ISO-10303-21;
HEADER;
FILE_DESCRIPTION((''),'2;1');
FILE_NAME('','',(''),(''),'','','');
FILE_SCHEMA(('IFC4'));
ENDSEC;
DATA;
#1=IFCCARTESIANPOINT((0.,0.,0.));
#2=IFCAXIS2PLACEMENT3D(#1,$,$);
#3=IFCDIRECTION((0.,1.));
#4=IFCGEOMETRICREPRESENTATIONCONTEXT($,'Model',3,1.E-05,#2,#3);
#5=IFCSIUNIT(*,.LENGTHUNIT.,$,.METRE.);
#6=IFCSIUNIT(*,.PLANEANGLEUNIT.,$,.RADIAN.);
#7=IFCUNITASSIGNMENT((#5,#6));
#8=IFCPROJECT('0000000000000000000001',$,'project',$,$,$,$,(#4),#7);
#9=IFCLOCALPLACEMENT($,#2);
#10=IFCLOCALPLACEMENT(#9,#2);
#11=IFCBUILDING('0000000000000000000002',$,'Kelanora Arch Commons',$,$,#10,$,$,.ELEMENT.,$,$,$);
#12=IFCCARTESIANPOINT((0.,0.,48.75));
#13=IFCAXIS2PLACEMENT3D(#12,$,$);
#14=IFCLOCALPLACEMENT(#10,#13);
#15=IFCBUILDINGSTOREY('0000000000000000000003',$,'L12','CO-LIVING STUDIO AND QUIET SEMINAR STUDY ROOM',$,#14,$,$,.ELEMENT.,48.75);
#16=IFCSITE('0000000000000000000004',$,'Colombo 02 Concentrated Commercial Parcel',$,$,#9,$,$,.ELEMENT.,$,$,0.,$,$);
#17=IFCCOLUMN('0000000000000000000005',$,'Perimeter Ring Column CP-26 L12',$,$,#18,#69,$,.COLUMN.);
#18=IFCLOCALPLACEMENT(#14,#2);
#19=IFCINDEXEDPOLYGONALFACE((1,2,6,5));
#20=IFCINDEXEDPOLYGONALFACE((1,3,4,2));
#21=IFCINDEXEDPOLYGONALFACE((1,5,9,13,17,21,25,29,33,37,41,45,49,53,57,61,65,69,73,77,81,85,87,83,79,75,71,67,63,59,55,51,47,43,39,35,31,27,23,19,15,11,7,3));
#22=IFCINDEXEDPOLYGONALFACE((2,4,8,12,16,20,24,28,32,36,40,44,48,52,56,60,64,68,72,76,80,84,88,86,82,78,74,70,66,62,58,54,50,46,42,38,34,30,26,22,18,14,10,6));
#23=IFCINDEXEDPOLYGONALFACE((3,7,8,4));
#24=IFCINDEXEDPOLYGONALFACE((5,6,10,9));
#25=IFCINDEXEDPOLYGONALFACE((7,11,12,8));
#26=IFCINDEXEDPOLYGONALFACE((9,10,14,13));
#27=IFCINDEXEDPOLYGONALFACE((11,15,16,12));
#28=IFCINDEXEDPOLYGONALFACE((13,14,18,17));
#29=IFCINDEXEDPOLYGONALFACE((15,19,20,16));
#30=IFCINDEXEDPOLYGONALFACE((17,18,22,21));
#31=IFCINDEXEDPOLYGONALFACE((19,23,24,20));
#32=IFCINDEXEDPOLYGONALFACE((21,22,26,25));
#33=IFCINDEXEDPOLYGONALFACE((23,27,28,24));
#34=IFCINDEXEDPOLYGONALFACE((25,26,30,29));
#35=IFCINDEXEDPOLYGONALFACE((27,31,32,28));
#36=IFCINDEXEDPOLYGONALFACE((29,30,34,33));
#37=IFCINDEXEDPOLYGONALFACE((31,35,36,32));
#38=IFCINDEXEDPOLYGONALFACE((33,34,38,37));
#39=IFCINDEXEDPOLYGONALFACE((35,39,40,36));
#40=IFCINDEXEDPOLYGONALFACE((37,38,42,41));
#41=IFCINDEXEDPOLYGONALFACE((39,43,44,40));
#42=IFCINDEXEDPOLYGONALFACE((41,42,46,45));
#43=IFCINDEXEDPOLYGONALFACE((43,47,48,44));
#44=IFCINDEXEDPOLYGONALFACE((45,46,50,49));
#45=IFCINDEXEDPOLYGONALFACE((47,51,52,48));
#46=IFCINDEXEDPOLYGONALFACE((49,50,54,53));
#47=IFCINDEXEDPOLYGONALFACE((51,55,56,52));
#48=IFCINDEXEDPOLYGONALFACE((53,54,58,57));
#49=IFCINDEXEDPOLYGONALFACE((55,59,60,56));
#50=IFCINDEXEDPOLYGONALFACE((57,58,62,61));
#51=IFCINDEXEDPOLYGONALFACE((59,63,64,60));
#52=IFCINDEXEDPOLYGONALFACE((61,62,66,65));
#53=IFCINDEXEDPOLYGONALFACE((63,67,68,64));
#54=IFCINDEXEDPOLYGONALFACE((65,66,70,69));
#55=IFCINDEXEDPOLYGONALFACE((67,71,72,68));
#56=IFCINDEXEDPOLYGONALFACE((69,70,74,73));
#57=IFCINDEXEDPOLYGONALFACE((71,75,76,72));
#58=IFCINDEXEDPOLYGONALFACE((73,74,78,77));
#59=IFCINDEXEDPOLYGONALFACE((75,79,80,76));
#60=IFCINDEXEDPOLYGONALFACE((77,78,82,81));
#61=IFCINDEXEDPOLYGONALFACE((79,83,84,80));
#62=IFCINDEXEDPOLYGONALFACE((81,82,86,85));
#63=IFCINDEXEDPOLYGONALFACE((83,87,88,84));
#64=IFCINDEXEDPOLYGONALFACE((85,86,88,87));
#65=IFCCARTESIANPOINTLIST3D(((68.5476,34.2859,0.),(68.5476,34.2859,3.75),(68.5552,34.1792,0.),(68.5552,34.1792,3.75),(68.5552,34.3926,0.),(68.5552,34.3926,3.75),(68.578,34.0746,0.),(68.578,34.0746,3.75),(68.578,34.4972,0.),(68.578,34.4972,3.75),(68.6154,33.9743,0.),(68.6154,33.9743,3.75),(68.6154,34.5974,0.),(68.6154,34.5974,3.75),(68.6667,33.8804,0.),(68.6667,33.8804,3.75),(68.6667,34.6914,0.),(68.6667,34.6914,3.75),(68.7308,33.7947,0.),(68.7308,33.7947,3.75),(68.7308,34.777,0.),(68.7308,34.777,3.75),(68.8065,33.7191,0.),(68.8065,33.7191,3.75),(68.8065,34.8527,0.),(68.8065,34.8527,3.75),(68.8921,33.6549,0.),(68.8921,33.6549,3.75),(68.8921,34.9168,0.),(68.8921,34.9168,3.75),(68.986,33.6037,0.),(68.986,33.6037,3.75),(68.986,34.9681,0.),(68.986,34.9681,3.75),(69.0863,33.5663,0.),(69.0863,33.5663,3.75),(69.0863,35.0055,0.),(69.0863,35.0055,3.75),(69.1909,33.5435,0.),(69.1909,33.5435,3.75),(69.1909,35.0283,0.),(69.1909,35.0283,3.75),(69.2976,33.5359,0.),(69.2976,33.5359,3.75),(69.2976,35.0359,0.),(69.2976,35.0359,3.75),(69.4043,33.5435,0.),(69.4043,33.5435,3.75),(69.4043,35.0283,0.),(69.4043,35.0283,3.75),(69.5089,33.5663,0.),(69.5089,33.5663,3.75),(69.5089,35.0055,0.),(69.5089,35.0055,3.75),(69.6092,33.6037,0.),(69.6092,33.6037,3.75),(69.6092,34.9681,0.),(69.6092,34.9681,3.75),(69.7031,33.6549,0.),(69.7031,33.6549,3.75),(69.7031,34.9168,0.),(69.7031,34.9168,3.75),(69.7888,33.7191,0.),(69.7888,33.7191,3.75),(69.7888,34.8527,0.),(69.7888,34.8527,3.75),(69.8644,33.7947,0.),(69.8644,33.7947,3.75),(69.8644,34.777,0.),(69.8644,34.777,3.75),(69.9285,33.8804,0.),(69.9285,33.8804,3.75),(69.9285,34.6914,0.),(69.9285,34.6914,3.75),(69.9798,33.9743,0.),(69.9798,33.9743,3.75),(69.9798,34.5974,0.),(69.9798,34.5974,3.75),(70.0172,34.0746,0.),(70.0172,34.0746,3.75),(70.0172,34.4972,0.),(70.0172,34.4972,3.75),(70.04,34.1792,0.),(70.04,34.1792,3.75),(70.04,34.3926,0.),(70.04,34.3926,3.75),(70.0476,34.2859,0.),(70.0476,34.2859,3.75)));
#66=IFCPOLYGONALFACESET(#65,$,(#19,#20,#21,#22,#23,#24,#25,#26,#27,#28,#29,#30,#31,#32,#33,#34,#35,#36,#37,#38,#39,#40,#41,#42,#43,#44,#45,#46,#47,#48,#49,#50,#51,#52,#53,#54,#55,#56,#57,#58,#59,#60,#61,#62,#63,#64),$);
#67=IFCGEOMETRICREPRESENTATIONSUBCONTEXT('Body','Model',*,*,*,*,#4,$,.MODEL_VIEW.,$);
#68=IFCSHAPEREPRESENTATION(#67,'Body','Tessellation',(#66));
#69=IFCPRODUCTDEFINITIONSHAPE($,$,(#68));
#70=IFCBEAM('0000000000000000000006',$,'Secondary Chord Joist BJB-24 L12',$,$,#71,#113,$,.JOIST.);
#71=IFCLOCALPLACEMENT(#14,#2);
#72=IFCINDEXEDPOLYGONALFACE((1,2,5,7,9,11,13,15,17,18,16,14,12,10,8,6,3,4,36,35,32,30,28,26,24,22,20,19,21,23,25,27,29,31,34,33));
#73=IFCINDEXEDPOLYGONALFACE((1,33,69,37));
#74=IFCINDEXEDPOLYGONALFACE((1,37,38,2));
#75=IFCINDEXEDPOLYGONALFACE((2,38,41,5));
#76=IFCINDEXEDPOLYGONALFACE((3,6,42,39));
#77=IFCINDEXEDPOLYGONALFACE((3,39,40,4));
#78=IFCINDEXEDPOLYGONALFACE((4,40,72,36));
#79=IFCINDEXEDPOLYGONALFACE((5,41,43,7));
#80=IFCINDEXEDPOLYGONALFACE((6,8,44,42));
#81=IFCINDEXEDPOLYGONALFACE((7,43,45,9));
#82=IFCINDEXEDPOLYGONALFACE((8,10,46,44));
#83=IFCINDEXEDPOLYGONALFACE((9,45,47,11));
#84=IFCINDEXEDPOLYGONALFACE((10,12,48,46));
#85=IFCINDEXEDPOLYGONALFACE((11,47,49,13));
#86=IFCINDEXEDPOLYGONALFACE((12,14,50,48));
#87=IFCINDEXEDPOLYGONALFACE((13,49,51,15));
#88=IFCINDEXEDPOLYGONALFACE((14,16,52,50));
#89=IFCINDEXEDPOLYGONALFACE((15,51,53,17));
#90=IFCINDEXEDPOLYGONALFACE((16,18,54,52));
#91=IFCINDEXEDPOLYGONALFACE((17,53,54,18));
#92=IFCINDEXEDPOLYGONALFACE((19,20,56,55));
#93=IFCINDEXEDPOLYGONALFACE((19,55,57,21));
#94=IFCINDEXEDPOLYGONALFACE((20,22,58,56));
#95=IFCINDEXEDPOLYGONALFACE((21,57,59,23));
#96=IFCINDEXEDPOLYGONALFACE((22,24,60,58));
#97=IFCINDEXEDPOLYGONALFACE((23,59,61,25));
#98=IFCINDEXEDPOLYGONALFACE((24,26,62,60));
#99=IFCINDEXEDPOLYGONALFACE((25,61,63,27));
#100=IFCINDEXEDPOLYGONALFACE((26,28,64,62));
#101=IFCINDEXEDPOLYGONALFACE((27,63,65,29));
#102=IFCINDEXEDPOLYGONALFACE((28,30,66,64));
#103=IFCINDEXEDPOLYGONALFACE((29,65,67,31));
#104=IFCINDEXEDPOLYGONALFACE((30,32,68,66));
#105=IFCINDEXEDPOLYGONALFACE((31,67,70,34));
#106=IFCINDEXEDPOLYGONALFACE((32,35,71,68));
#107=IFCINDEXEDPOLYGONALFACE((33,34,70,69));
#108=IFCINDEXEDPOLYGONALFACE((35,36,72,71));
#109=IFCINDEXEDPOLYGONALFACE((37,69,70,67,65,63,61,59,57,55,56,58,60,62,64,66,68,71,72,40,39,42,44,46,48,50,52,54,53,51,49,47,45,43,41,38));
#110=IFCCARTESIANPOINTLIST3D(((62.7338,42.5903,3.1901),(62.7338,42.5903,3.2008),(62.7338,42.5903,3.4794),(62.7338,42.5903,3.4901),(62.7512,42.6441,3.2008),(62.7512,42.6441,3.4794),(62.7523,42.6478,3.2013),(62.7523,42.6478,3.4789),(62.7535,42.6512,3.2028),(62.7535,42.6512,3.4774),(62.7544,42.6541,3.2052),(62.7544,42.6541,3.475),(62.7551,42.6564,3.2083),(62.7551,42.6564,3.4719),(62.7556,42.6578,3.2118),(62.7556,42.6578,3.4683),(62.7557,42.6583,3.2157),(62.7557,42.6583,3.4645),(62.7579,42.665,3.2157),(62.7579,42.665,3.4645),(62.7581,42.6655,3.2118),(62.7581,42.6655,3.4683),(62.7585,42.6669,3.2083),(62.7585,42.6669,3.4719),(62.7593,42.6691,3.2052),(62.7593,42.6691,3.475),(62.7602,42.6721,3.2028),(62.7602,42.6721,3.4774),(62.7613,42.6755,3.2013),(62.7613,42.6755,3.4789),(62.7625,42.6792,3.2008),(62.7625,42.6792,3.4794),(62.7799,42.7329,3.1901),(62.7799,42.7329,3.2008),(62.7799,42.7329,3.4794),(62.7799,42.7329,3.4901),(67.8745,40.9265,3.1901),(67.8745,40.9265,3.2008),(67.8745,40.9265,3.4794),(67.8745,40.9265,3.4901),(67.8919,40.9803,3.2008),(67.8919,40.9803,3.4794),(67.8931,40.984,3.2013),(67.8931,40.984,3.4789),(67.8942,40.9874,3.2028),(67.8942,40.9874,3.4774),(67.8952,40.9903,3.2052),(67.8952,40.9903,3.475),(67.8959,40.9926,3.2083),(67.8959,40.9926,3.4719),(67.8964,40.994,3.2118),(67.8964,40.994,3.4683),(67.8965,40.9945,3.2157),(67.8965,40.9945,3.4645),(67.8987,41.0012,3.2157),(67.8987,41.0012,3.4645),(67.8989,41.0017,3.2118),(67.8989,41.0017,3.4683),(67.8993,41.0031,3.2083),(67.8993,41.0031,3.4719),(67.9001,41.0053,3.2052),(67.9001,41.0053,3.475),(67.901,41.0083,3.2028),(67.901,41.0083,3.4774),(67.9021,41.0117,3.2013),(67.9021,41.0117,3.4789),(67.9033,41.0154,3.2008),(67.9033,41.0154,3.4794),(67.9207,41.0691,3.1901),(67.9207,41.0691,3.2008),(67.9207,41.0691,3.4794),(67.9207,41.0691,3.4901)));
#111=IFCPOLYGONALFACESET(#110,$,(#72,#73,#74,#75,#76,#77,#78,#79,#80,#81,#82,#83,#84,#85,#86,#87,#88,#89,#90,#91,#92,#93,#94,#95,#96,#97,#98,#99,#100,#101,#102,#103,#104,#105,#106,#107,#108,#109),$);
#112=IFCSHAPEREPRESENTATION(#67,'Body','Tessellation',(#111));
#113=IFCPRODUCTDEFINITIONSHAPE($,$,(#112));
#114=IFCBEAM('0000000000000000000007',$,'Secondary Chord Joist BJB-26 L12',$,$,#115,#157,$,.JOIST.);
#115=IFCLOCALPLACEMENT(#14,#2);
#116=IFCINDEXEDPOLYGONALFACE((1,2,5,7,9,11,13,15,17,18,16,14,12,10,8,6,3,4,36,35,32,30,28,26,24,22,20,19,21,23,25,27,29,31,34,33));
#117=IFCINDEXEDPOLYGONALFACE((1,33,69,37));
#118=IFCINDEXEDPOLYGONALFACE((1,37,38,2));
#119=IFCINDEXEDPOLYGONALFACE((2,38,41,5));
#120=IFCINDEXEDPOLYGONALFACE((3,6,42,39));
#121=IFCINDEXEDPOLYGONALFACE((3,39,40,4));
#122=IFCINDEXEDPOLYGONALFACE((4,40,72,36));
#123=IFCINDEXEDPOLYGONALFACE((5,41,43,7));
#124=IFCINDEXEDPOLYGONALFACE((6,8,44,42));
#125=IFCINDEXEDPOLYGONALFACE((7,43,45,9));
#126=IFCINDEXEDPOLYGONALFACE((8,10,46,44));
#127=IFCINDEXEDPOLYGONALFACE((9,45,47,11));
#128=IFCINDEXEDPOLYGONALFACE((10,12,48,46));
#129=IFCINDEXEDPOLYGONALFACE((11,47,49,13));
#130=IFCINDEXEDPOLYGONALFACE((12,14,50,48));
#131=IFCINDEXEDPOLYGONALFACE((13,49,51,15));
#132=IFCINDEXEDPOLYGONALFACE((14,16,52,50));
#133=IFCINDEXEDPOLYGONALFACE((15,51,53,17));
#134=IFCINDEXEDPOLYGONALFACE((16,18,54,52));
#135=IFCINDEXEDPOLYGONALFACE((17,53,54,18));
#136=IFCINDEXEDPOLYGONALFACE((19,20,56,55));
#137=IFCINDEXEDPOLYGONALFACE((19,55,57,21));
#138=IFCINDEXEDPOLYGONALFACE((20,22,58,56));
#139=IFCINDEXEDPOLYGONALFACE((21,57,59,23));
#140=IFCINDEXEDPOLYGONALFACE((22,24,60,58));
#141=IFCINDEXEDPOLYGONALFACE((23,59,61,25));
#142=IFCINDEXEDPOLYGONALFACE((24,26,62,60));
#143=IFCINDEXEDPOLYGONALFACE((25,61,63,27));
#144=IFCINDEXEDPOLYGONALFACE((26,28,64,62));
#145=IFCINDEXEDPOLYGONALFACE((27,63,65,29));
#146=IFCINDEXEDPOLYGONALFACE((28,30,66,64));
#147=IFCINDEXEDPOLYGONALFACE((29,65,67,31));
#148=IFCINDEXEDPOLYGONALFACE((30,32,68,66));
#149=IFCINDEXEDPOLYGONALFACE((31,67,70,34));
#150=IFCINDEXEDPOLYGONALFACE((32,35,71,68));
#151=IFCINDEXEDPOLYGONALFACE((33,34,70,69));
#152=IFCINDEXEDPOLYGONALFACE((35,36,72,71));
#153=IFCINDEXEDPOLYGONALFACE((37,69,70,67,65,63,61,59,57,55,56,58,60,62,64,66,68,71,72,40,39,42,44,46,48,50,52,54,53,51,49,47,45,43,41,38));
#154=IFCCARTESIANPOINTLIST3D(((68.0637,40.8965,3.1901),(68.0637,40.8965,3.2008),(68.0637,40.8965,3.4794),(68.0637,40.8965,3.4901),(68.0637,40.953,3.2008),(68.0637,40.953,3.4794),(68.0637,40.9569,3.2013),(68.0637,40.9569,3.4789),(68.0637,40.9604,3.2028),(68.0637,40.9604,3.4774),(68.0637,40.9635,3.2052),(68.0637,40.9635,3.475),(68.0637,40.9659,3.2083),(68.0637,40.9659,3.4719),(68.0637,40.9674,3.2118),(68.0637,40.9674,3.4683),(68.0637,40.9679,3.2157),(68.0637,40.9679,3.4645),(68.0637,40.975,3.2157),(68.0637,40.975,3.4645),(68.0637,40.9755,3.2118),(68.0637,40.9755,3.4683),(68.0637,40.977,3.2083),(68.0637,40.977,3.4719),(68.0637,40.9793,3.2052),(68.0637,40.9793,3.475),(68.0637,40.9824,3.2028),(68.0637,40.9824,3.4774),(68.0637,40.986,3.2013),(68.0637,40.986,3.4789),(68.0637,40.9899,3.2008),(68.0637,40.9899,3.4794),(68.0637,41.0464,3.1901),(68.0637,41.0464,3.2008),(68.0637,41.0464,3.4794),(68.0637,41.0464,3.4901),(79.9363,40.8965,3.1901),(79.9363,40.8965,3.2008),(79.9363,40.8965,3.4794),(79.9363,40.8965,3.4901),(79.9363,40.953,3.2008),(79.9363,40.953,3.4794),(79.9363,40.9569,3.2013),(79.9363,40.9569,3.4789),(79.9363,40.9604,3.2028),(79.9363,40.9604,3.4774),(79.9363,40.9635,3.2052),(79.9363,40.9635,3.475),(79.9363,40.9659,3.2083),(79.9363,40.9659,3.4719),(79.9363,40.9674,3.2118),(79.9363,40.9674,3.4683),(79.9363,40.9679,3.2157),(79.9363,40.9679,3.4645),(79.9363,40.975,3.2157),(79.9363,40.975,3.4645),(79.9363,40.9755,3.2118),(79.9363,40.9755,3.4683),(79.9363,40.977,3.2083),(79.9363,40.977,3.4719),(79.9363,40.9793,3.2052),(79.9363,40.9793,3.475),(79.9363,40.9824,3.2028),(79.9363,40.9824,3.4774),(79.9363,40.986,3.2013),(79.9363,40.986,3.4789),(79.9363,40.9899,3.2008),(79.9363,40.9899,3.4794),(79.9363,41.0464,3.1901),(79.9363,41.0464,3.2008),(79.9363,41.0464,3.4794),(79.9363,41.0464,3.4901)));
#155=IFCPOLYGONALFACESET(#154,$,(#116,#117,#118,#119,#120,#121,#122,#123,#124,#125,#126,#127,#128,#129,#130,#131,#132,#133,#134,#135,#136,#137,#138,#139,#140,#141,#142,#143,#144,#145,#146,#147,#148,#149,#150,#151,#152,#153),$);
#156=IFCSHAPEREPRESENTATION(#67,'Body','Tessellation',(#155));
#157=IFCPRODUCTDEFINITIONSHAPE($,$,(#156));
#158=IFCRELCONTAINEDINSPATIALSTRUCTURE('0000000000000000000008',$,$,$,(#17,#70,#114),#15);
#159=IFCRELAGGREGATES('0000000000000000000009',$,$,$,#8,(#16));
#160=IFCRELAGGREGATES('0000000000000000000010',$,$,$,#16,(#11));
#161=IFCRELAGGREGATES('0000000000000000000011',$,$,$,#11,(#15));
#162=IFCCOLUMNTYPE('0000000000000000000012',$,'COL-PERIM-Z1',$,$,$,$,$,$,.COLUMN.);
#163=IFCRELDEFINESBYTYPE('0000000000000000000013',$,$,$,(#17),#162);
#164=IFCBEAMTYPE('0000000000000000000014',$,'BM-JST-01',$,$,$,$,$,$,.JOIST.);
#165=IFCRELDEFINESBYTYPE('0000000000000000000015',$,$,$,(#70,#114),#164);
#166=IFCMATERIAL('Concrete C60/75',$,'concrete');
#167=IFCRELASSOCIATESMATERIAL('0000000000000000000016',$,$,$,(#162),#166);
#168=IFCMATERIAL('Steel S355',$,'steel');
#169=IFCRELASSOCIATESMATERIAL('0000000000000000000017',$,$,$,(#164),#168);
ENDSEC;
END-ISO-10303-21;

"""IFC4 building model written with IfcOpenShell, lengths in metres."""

from ifc_helpers import new_model, si_unit, direction, frame, origin, origin_2d, place, context, subcontext, project, spatial, circle, i_section, extrude, material, material_profile, profile_set, type_object, element, save


model = new_model("IFC4")

# Units and contexts
model_context = context("Model", 3, precision=1e-05, world=origin(), true_north=direction((0.0, 1.0)))
body_context = subcontext(model_context, "Body", "Model", "MODEL_VIEW")
ifc_project = project(units=[si_unit("LENGTHUNIT", "METRE"), si_unit("PLANEANGLEUNIT", "RADIAN")], contexts=[model_context])

# Site, building, storey
site_placement = place(None, origin())
site = spatial("IfcSite", under=ifc_project, at=site_placement, Name="Colombo 02 Concentrated Commercial Parcel", CompositionType="ELEMENT", RefElevation=0.0)
building_placement = place(site_placement, origin())
building = spatial("IfcBuilding", under=site, at=building_placement, Name="Kelanora Arch Commons", CompositionType="ELEMENT")
storey_placement = place(building_placement, frame((0.0, 0.0, 48.75)))
storey = spatial("IfcBuildingStorey", under=building, at=storey_placement, Name="L12", Description="CO-LIVING STUDIO AND QUIET SEMINAR STUDY ROOM", CompositionType="ELEMENT", Elevation=48.75)

# Column
ifc_material_1 = material(Name="Concrete C60/75", Category="concrete")
ifc_material_profile_1 = material_profile(ifc_material_1, circle(Radius=0.75, at=origin_2d()), Name="RCC1500")
ifc_profile_set_1 = profile_set([ifc_material_profile_1], Name="Concrete C60/75")
column_type = type_object("IfcColumnType", Name="COL-PERIM-Z1", PredefinedType="COLUMN", material=ifc_profile_set_1)
column_placement = place(storey_placement, frame((69.2976, 34.2859, 0.0), z_axis=(0.0, 0.0, 1.0), x_axis=(1.0, 0.0, 0.0)))
element("IfcColumn", 1, at=column_placement, inside=storey, type_object=column_type, Name="Perimeter Ring Column CP-26 L12", PredefinedType="COLUMN", context=body_context, shape_type="SweptSolid", body=[
    extrude(circle(Radius=0.75, at=origin_2d()), origin(), (0.0, 0.0, 1.0), 3.75),
])

# Beams
ifc_material_2 = material(Name="Steel S355", Category="steel")
ifc_material_profile_2 = material_profile(ifc_material_2, i_section(OverallWidth=0.1499, OverallDepth=0.3, WebThickness=0.0071, FlangeThickness=0.0107, FilletRadius=0.0149, at=origin_2d()), Name="IPE300")
ifc_profile_set_2 = profile_set([ifc_material_profile_2], Name="Steel S355")
beam_type_1 = type_object("IfcBeamType", Name="BM-JST-01", PredefinedType="JOIST", material=ifc_profile_set_2)
beam_1_placement = place(storey_placement, frame((62.7568, 42.6616, 3.3401), z_axis=(0.951412, -0.30792, 0.0), x_axis=(0.30792, 0.951412, 0.0)))
element("IfcBeam", 2, at=beam_1_placement, inside=storey, type_object=beam_type_1, Name="Secondary Chord Joist BJB-24 L12", PredefinedType="JOIST", context=body_context, shape_type="SweptSolid", body=[
    extrude(i_section(OverallWidth=0.1499, OverallDepth=0.3, WebThickness=0.0071, FlangeThickness=0.0107, FilletRadius=0.0149, at=origin_2d()), origin(), (0.0, 0.0, 1.0), 5.4033),
])
beam_2_placement = place(storey_placement, frame((68.0637, 40.9714, 3.3401), z_axis=(1.0, 0.0, 0.0), x_axis=(0.0, 1.0, 0.0)))
element("IfcBeam", 3, at=beam_2_placement, inside=storey, type_object=beam_type_1, Name="Secondary Chord Joist BJB-26 L12", PredefinedType="JOIST", context=body_context, shape_type="SweptSolid", body=[
    extrude(i_section(OverallWidth=0.1499, OverallDepth=0.3, WebThickness=0.0071, FlangeThickness=0.0107, FilletRadius=0.0149, at=origin_2d()), origin(), (0.0, 0.0, 1.0), 11.8726),
])

save(model, "model.ifc")
